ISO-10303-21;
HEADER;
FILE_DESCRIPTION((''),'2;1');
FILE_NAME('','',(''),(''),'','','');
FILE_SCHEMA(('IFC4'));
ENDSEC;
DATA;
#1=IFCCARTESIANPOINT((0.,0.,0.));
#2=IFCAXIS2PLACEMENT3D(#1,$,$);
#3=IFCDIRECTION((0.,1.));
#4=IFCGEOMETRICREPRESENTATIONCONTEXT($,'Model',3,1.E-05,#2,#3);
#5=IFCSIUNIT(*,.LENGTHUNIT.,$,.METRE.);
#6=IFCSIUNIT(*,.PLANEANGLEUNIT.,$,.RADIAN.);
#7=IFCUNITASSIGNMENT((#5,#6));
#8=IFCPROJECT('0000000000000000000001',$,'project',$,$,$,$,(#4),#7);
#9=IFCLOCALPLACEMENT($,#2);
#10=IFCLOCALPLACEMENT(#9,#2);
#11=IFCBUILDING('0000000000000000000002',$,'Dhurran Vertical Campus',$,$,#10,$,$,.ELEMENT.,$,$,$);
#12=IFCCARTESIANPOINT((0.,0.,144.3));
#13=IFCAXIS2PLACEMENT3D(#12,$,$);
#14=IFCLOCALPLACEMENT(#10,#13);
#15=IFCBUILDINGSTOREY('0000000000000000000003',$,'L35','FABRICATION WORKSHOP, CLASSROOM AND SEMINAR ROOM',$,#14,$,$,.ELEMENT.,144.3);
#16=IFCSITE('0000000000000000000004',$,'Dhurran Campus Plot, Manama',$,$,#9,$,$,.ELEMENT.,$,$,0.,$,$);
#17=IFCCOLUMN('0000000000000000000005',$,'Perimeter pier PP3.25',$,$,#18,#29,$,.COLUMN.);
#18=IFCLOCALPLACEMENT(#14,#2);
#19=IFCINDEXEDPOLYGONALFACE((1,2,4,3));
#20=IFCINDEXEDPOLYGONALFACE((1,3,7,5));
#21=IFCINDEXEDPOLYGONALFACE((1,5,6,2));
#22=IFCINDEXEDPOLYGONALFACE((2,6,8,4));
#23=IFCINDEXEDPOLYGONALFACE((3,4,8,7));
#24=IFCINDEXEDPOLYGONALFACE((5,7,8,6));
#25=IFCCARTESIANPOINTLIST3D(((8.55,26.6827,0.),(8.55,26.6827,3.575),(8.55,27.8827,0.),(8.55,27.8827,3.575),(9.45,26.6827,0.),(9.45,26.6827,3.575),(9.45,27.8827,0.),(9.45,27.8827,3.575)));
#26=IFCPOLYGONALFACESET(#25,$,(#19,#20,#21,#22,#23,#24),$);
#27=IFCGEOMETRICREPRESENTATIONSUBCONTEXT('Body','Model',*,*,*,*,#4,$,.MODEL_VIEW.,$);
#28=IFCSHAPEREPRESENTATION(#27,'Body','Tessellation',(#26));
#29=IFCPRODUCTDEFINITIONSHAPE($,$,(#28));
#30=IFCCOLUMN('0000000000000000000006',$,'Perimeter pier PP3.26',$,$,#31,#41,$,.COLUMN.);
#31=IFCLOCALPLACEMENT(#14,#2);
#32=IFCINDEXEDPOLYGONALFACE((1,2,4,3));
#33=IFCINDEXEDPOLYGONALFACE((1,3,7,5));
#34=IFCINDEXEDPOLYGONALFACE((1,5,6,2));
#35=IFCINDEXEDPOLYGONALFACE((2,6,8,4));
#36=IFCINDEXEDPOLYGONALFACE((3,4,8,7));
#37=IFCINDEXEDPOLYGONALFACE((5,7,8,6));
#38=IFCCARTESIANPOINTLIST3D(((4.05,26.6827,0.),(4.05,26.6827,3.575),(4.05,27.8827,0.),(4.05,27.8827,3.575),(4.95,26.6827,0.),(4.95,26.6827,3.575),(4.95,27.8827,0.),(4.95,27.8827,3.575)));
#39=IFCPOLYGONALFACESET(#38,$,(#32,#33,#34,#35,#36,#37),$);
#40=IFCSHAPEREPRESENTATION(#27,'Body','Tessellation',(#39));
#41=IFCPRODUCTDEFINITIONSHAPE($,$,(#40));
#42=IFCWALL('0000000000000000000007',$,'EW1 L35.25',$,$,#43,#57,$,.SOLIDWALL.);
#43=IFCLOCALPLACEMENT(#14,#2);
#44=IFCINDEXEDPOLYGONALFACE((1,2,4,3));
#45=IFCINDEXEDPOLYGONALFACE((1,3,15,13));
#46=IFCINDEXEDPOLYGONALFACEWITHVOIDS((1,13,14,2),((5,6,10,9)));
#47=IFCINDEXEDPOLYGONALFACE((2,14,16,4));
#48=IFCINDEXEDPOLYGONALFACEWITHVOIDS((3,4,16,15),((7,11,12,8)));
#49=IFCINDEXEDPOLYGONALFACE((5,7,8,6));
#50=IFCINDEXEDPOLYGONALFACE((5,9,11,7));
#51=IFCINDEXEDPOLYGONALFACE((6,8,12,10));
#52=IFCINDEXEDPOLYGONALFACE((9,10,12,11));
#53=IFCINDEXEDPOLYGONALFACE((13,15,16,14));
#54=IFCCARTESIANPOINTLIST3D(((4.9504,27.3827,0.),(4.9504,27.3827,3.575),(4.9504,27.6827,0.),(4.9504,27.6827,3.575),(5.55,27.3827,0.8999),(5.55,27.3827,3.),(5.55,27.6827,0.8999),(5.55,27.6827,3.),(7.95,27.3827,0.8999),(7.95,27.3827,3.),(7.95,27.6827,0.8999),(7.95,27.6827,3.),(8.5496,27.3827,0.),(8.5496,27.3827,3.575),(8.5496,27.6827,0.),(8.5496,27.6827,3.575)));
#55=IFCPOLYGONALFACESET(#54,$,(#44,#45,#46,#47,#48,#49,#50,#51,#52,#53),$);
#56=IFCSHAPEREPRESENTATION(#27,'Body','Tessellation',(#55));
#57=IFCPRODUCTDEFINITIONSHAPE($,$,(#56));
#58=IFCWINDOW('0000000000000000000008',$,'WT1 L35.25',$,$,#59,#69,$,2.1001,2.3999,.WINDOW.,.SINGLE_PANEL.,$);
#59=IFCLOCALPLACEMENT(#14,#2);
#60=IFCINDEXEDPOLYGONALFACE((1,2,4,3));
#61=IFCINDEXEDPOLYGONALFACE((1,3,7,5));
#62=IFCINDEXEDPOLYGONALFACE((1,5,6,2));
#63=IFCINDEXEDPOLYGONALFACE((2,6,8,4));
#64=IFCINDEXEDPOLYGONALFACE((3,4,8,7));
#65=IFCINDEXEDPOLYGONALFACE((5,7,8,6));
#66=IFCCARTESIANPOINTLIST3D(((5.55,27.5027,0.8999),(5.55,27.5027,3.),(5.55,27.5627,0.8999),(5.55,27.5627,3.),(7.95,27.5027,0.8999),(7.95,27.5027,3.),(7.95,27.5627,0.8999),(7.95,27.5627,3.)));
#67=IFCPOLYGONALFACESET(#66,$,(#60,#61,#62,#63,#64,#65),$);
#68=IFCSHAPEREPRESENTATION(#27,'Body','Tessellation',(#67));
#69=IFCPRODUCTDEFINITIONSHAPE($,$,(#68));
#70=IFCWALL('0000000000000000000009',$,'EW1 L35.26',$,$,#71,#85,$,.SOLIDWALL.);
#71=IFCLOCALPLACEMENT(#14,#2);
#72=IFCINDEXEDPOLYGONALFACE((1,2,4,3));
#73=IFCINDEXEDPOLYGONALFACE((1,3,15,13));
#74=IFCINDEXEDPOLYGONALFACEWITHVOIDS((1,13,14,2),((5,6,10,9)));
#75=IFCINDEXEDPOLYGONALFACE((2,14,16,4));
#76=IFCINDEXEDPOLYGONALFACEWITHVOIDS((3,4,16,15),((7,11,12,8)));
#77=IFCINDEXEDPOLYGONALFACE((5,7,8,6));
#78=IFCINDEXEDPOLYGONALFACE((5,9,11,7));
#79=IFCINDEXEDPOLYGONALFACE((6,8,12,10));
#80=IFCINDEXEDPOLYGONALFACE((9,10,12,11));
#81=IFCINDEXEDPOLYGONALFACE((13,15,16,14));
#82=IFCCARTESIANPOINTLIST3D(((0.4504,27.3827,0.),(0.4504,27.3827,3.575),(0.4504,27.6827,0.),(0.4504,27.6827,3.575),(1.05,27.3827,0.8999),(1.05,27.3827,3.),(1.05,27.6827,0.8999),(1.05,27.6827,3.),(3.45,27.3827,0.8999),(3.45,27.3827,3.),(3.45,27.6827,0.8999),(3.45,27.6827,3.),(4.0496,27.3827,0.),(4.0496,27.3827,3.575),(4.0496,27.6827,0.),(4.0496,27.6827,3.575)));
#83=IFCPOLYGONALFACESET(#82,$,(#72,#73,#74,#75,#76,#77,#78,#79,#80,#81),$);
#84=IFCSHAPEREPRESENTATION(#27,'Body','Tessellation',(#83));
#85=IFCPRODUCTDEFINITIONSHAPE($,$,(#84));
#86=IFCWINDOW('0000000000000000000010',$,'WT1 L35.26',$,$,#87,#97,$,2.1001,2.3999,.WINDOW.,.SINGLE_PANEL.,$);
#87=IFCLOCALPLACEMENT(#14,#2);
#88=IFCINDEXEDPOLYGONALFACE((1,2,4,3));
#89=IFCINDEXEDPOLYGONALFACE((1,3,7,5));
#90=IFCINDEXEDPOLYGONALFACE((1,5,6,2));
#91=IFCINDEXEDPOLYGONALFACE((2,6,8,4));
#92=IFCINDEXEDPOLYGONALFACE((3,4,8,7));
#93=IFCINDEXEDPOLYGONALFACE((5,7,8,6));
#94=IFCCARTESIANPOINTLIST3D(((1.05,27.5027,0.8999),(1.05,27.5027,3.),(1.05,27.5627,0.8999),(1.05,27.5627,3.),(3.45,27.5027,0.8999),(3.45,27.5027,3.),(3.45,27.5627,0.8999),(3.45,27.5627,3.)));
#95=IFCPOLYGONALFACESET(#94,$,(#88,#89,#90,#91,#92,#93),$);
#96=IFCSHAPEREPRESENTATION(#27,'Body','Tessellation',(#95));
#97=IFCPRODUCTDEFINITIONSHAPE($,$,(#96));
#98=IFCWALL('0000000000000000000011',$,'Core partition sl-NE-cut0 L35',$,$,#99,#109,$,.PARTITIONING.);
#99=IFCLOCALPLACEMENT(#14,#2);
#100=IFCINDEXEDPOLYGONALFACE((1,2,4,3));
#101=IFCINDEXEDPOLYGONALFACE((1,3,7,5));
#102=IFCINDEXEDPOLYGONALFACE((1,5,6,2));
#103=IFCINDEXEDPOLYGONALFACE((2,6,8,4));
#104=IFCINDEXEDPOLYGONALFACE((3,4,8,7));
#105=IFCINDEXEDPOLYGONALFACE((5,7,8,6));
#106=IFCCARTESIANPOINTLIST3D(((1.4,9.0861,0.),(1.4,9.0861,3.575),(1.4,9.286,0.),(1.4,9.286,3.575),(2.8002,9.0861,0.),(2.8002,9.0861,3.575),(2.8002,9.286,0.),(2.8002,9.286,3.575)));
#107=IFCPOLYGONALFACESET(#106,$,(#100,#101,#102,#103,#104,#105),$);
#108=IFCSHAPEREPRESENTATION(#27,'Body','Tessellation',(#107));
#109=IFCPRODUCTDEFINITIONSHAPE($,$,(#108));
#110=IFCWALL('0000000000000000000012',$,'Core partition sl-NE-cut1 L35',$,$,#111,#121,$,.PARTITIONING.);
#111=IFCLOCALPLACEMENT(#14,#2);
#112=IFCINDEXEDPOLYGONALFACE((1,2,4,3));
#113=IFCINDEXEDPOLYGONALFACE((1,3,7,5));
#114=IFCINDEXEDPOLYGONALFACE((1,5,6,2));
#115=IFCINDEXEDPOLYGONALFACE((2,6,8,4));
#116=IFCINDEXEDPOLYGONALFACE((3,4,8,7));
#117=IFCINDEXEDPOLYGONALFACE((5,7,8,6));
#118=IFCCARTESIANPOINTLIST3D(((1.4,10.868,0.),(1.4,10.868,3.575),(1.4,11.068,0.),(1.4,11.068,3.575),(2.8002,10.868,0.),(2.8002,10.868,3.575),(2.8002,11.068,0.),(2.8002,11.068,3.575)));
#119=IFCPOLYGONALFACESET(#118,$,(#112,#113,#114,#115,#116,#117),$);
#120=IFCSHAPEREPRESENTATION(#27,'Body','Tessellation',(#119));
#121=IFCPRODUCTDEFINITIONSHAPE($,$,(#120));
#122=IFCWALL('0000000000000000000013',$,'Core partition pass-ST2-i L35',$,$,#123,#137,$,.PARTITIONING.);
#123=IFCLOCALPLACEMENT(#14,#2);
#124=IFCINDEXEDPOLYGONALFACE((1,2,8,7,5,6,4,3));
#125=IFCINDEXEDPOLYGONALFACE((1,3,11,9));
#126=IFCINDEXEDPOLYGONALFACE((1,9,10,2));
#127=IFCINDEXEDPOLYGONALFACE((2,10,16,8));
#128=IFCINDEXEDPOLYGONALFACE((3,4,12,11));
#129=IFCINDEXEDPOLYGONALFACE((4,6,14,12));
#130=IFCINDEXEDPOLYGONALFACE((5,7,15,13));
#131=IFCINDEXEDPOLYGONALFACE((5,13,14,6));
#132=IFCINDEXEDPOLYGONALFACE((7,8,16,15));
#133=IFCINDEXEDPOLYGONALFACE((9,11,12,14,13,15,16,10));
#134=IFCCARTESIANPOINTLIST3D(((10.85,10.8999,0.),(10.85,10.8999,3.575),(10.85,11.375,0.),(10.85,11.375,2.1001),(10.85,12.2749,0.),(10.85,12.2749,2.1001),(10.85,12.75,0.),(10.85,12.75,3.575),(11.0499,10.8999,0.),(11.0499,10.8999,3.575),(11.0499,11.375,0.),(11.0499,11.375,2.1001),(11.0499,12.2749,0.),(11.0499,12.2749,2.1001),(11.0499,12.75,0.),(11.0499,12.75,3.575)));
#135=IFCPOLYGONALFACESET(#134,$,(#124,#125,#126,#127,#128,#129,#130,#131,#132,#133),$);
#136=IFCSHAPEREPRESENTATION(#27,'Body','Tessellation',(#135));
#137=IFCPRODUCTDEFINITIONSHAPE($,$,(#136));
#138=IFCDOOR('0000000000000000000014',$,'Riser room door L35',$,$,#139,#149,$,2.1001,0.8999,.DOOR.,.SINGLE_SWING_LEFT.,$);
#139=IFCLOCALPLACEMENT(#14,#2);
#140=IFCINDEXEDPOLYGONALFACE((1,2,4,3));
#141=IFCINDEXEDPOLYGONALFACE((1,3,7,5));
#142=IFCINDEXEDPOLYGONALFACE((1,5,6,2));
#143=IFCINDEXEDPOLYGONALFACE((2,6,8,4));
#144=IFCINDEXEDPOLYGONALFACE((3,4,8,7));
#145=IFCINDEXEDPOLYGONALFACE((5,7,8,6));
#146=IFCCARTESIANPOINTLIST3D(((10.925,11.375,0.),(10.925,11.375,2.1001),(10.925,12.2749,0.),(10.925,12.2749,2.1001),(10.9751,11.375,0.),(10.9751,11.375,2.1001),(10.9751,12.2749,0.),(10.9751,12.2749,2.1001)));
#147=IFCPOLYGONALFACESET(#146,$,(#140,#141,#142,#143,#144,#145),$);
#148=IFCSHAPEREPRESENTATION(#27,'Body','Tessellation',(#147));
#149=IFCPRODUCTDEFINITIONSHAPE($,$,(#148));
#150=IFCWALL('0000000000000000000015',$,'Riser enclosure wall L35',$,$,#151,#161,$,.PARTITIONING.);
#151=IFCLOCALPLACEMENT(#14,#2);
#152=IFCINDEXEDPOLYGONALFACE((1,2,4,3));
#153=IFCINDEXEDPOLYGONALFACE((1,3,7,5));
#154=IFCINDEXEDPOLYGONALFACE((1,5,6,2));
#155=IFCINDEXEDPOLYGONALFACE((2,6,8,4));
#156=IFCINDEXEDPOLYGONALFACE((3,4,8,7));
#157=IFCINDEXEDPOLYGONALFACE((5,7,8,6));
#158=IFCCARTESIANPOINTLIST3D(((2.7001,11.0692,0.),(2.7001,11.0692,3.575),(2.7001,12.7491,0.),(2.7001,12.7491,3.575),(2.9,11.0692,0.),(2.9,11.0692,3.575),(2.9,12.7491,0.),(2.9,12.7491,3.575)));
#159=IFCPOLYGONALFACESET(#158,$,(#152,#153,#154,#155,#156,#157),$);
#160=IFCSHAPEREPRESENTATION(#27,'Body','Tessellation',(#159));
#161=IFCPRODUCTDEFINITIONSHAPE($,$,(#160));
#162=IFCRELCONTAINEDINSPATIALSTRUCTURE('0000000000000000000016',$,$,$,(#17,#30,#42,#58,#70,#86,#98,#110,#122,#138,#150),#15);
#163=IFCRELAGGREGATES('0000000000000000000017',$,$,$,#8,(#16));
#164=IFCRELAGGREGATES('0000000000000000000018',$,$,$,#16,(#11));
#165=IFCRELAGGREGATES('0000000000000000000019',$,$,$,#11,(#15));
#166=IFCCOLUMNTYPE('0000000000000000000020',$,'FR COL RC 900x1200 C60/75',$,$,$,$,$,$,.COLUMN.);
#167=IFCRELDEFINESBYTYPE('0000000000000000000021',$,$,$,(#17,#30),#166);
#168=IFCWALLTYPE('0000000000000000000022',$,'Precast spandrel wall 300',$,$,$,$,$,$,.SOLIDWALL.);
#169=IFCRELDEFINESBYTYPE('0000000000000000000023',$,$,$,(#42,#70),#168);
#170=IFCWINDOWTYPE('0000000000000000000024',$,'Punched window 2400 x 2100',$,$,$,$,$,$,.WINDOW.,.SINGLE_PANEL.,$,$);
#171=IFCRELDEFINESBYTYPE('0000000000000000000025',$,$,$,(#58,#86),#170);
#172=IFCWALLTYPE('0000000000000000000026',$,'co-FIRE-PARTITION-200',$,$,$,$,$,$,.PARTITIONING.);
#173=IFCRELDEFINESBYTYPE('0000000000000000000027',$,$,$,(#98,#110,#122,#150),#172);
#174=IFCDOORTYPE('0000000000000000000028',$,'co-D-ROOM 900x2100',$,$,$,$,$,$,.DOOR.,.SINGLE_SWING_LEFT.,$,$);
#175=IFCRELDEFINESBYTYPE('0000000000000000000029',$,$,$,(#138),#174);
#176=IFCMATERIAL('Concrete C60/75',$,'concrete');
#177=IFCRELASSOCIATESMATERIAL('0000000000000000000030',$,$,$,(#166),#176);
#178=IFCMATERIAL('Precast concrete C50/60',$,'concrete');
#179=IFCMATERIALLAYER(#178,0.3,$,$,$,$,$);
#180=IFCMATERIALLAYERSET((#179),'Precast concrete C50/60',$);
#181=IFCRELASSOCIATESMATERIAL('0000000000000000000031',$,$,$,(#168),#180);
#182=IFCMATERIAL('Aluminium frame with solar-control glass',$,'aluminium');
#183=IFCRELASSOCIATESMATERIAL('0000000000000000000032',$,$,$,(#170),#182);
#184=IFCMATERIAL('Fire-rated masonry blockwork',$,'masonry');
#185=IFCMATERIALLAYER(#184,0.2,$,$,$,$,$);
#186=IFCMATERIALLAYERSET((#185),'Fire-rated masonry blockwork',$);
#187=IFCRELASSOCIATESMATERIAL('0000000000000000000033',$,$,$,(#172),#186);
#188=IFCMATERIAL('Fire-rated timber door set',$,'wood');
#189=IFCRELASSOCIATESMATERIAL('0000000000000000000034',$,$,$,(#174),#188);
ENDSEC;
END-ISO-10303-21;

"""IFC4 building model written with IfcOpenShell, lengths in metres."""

from ifc_helpers import new_model, si_unit, direction, frame, frame_2d, origin, origin_2d, place, context, subcontext, project, spatial, rectangle, extrude, material, layer, layer_set, material_profile, profile_set, type_object, element, fill, save


model = new_model("IFC4")

# Units and contexts
model_context = context("Model", 3, precision=1e-05, world=origin(), true_north=direction((0.0, 1.0)))
body_context = subcontext(model_context, "Body", "Model", "MODEL_VIEW")
ifc_project = project(units=[si_unit("LENGTHUNIT", "METRE"), si_unit("PLANEANGLEUNIT", "RADIAN")], contexts=[model_context])

# Site, building, storey
site_placement = place(None, origin())
site = spatial("IfcSite", under=ifc_project, at=site_placement, Name="Dhurran Campus Plot, Manama", CompositionType="ELEMENT", RefElevation=0.0)
building_placement = place(site_placement, origin())
building = spatial("IfcBuilding", under=site, at=building_placement, Name="Dhurran Vertical Campus", CompositionType="ELEMENT")
storey_placement = place(building_placement, frame((0.0, 0.0, 144.3)))
storey = spatial("IfcBuildingStorey", under=building, at=storey_placement, Name="L35", Description="FABRICATION WORKSHOP, CLASSROOM AND SEMINAR ROOM", CompositionType="ELEMENT", Elevation=144.3)

# Columns
ifc_material_1 = material(Name="Concrete C60/75", Category="concrete")
ifc_material_profile = material_profile(ifc_material_1, rectangle(XDim=0.8999, YDim=1.2, at=origin_2d()), Name="RC 900x1200")
ifc_profile_set = profile_set([ifc_material_profile], Name="Concrete C60/75")
column_type = type_object("IfcColumnType", Name="FR COL RC 900x1200 C60/75", PredefinedType="COLUMN", material=ifc_profile_set)
for number, where, z_axis, x_axis, name in (
    (1, (9.0, 27.2827, 0.0), (0.0, 0.0, 1.0), (-1.0, 0.0, 0.0), "Perimeter pier PP3.25"),
    (2, (4.5, 27.2827, 0.0), (0.0, 0.0, 1.0), (-1.0, 0.0, 0.0), "Perimeter pier PP3.26"),
):
    element("IfcColumn", number, at=place(storey_placement, frame(where, z_axis=z_axis, x_axis=x_axis)), inside=storey, type_object=column_type, Name=name, PredefinedType="COLUMN", context=body_context, shape_type="SweptSolid", body=[
        extrude(rectangle(XDim=0.8999, YDim=1.2, at=origin_2d()), origin(), (0.0, 0.0, 1.0), 3.575),
    ])

# Walls, openings, windows
ifc_material_2 = material(Name="Precast concrete C50/60", Category="concrete")
ifc_layer_1 = layer(ifc_material_2, 0.3)
ifc_layer_set_1 = layer_set([ifc_layer_1], Name="Precast concrete C50/60")
wall_type_1 = type_object("IfcWallType", Name="Precast spandrel wall 300", PredefinedType="SOLIDWALL", material=ifc_layer_set_1)
wall_1_placement = place(storey_placement, frame((8.5496, 27.5327, 0.0), z_axis=(0.0, 0.0, 1.0), x_axis=(-1.0, 0.0, 0.0)))
wall_1 = element("IfcWall", 3, at=wall_1_placement, inside=storey, type_object=wall_type_1, Name="EW1 L35.25", PredefinedType="SOLIDWALL", context=body_context, shape_type="SweptSolid", body=[
    extrude(rectangle(XDim=3.5991, YDim=0.3, at=frame_2d((1.7996, 0.0))), origin(), (0.0, 0.0, 1.0), 3.575),
])
opening_1_placement = place(wall_1_placement, frame((0.5996, 0.0, 0.8999)))
opening_1 = element("IfcOpeningElement", 4, at=opening_1_placement, cuts=wall_1, PredefinedType="OPENING", context=body_context, shape_type="SweptSolid", body=[
    extrude(rectangle(XDim=2.3999, YDim=2.1001, at=frame_2d((1.2, 1.05))), frame((0.0, 0.1599, 0.0), z_axis=(0.0, -1.0, 0.0), x_axis=(1.0, 0.0, 0.0)), (0.0, 0.0, 1.0), 0.3201),
])
ifc_material_3 = material(Name="Aluminium frame with solar-control glass", Category="aluminium")
window_type = type_object("IfcWindowType", Name="Punched window 2400 x 2100", PartitioningType="SINGLE_PANEL", PredefinedType="WINDOW", material=ifc_material_3)
window_1_placement = place(opening_1_placement, origin())
window_1 = element("IfcWindow", 5, at=window_1_placement, inside=storey, type_object=window_type, Name="WT1 L35.25", OverallHeight=2.1001, OverallWidth=2.3999, PartitioningType="SINGLE_PANEL", PredefinedType="WINDOW", context=body_context, shape_type="SweptSolid", body=[
    extrude(rectangle(XDim=2.3999, YDim=2.1001, at=frame_2d((1.2, 1.05))), frame((0.0, 0.03, 0.0), z_axis=(0.0, -1.0, 0.0), x_axis=(1.0, 0.0, 0.0)), (0.0, 0.0, 1.0), 0.0601),
])
fill(opening_1, window_1)
wall_2_placement = place(storey_placement, frame((4.0496, 27.5327, 0.0), z_axis=(0.0, 0.0, 1.0), x_axis=(-1.0, 0.0, 0.0)))
wall_2 = element("IfcWall", 6, at=wall_2_placement, inside=storey, type_object=wall_type_1, Name="EW1 L35.26", PredefinedType="SOLIDWALL", context=body_context, shape_type="SweptSolid", body=[
    extrude(rectangle(XDim=3.5991, YDim=0.3, at=frame_2d((1.7996, 0.0))), origin(), (0.0, 0.0, 1.0), 3.575),
])
opening_2_placement = place(wall_2_placement, frame((0.5996, 0.0, 0.8999)))
opening_2 = element("IfcOpeningElement", 7, at=opening_2_placement, cuts=wall_2, PredefinedType="OPENING", context=body_context, shape_type="SweptSolid", body=[
    extrude(rectangle(XDim=2.3999, YDim=2.1001, at=frame_2d((1.2, 1.05))), frame((0.0, 0.1599, 0.0), z_axis=(0.0, -1.0, 0.0), x_axis=(1.0, 0.0, 0.0)), (0.0, 0.0, 1.0), 0.3201),
])
window_2_placement = place(opening_2_placement, origin())
window_2 = element("IfcWindow", 8, at=window_2_placement, inside=storey, type_object=window_type, Name="WT1 L35.26", OverallHeight=2.1001, OverallWidth=2.3999, PartitioningType="SINGLE_PANEL", PredefinedType="WINDOW", context=body_context, shape_type="SweptSolid", body=[
    extrude(rectangle(XDim=2.3999, YDim=2.1001, at=frame_2d((1.2, 1.05))), frame((0.0, 0.03, 0.0), z_axis=(0.0, -1.0, 0.0), x_axis=(1.0, 0.0, 0.0)), (0.0, 0.0, 1.0), 0.0601),
])
fill(opening_2, window_2)

# Walls
ifc_material_4 = material(Name="Fire-rated masonry blockwork", Category="masonry")
ifc_layer_2 = layer(ifc_material_4, 0.2)
ifc_layer_set_2 = layer_set([ifc_layer_2], Name="Fire-rated masonry blockwork")
wall_type_2 = type_object("IfcWallType", Name="co-FIRE-PARTITION-200", PredefinedType="PARTITIONING", material=ifc_layer_set_2)
for number, where, z_axis, x_axis, name in (
    (9, (1.3999, 9.186, 0.0), (0.0, 0.0, 1.0), (1.0, 0.0, 0.0), "Core partition sl-NE-cut0 L35"),
    (10, (1.3999, 10.968, 0.0), (0.0, 0.0, 1.0), (1.0, 0.0, 0.0), "Core partition sl-NE-cut1 L35"),
):
    element("IfcWall", number, at=place(storey_placement, frame(where, z_axis=z_axis, x_axis=x_axis)), inside=storey, type_object=wall_type_2, Name=name, PredefinedType="PARTITIONING", context=body_context, shape_type="SweptSolid", body=[
        extrude(rectangle(XDim=1.4001, YDim=0.2, at=frame_2d((0.7002, 0.0))), origin(), (0.0, 0.0, 1.0), 3.575),
    ])

# Wall, opening, door
wall_3_placement = place(storey_placement, frame((10.95, 10.8999, 0.0), z_axis=(0.0, 0.0, 1.0), x_axis=(0.0, 1.0, 0.0)))
wall_3 = element("IfcWall", 11, at=wall_3_placement, inside=storey, type_object=wall_type_2, Name="Core partition pass-ST2-i L35", PredefinedType="PARTITIONING", context=body_context, shape_type="SweptSolid", body=[
    extrude(rectangle(XDim=1.8501, YDim=0.2, at=frame_2d((0.925, 0.0))), origin(), (0.0, 0.0, 1.0), 3.575),
])
opening_3_placement = place(wall_3_placement, frame((0.4751, 0.0, 0.0)))
opening_3 = element("IfcOpeningElement", 12, at=opening_3_placement, cuts=wall_3, PredefinedType="OPENING", context=body_context, shape_type="SweptSolid", body=[
    extrude(rectangle(XDim=0.8999, YDim=2.1001, at=frame_2d((0.45, 1.05))), frame((0.0, 0.1099, 0.0), z_axis=(0.0, -1.0, 0.0), x_axis=(1.0, 0.0, 0.0)), (0.0, 0.0, 1.0), 0.22),
])
ifc_material_5 = material(Name="Fire-rated timber door set", Category="wood")
door_type_1 = type_object("IfcDoorType", Name="co-D-ROOM 900x2100", OperationType="SINGLE_SWING_LEFT", PredefinedType="DOOR", material=ifc_material_5)
door_1_placement = place(opening_3_placement, origin())
door_1 = element("IfcDoor", 13, at=door_1_placement, inside=storey, type_object=door_type_1, Name="Riser room door L35", OperationType="SINGLE_SWING_LEFT", OverallHeight=2.1001, OverallWidth=0.8999, PredefinedType="DOOR", context=body_context, shape_type="SweptSolid", body=[
    extrude(rectangle(XDim=0.8999, YDim=2.1001, at=frame_2d((0.45, 1.05))), frame((0.0, 0.0249, 0.0), z_axis=(0.0, -1.0, 0.0), x_axis=(1.0, 0.0, 0.0)), (0.0, 0.0, 1.0), 0.05),
])
fill(opening_3, door_1)

# Wall
wall_4_placement = place(storey_placement, frame((2.8, 12.749, 0.0), z_axis=(0.0, 0.0, 1.0), x_axis=(0.0, -1.0, 0.0)))
element("IfcWall", 14, at=wall_4_placement, inside=storey, type_object=wall_type_2, Name="Riser enclosure wall L35", PredefinedType="PARTITIONING", context=body_context, shape_type="SweptSolid", body=[
    extrude(rectangle(XDim=1.6799, YDim=0.2, at=frame_2d((0.8398, 0.0))), origin(), (0.0, 0.0, 1.0), 3.575),
])

save(model, "model.ifc")
